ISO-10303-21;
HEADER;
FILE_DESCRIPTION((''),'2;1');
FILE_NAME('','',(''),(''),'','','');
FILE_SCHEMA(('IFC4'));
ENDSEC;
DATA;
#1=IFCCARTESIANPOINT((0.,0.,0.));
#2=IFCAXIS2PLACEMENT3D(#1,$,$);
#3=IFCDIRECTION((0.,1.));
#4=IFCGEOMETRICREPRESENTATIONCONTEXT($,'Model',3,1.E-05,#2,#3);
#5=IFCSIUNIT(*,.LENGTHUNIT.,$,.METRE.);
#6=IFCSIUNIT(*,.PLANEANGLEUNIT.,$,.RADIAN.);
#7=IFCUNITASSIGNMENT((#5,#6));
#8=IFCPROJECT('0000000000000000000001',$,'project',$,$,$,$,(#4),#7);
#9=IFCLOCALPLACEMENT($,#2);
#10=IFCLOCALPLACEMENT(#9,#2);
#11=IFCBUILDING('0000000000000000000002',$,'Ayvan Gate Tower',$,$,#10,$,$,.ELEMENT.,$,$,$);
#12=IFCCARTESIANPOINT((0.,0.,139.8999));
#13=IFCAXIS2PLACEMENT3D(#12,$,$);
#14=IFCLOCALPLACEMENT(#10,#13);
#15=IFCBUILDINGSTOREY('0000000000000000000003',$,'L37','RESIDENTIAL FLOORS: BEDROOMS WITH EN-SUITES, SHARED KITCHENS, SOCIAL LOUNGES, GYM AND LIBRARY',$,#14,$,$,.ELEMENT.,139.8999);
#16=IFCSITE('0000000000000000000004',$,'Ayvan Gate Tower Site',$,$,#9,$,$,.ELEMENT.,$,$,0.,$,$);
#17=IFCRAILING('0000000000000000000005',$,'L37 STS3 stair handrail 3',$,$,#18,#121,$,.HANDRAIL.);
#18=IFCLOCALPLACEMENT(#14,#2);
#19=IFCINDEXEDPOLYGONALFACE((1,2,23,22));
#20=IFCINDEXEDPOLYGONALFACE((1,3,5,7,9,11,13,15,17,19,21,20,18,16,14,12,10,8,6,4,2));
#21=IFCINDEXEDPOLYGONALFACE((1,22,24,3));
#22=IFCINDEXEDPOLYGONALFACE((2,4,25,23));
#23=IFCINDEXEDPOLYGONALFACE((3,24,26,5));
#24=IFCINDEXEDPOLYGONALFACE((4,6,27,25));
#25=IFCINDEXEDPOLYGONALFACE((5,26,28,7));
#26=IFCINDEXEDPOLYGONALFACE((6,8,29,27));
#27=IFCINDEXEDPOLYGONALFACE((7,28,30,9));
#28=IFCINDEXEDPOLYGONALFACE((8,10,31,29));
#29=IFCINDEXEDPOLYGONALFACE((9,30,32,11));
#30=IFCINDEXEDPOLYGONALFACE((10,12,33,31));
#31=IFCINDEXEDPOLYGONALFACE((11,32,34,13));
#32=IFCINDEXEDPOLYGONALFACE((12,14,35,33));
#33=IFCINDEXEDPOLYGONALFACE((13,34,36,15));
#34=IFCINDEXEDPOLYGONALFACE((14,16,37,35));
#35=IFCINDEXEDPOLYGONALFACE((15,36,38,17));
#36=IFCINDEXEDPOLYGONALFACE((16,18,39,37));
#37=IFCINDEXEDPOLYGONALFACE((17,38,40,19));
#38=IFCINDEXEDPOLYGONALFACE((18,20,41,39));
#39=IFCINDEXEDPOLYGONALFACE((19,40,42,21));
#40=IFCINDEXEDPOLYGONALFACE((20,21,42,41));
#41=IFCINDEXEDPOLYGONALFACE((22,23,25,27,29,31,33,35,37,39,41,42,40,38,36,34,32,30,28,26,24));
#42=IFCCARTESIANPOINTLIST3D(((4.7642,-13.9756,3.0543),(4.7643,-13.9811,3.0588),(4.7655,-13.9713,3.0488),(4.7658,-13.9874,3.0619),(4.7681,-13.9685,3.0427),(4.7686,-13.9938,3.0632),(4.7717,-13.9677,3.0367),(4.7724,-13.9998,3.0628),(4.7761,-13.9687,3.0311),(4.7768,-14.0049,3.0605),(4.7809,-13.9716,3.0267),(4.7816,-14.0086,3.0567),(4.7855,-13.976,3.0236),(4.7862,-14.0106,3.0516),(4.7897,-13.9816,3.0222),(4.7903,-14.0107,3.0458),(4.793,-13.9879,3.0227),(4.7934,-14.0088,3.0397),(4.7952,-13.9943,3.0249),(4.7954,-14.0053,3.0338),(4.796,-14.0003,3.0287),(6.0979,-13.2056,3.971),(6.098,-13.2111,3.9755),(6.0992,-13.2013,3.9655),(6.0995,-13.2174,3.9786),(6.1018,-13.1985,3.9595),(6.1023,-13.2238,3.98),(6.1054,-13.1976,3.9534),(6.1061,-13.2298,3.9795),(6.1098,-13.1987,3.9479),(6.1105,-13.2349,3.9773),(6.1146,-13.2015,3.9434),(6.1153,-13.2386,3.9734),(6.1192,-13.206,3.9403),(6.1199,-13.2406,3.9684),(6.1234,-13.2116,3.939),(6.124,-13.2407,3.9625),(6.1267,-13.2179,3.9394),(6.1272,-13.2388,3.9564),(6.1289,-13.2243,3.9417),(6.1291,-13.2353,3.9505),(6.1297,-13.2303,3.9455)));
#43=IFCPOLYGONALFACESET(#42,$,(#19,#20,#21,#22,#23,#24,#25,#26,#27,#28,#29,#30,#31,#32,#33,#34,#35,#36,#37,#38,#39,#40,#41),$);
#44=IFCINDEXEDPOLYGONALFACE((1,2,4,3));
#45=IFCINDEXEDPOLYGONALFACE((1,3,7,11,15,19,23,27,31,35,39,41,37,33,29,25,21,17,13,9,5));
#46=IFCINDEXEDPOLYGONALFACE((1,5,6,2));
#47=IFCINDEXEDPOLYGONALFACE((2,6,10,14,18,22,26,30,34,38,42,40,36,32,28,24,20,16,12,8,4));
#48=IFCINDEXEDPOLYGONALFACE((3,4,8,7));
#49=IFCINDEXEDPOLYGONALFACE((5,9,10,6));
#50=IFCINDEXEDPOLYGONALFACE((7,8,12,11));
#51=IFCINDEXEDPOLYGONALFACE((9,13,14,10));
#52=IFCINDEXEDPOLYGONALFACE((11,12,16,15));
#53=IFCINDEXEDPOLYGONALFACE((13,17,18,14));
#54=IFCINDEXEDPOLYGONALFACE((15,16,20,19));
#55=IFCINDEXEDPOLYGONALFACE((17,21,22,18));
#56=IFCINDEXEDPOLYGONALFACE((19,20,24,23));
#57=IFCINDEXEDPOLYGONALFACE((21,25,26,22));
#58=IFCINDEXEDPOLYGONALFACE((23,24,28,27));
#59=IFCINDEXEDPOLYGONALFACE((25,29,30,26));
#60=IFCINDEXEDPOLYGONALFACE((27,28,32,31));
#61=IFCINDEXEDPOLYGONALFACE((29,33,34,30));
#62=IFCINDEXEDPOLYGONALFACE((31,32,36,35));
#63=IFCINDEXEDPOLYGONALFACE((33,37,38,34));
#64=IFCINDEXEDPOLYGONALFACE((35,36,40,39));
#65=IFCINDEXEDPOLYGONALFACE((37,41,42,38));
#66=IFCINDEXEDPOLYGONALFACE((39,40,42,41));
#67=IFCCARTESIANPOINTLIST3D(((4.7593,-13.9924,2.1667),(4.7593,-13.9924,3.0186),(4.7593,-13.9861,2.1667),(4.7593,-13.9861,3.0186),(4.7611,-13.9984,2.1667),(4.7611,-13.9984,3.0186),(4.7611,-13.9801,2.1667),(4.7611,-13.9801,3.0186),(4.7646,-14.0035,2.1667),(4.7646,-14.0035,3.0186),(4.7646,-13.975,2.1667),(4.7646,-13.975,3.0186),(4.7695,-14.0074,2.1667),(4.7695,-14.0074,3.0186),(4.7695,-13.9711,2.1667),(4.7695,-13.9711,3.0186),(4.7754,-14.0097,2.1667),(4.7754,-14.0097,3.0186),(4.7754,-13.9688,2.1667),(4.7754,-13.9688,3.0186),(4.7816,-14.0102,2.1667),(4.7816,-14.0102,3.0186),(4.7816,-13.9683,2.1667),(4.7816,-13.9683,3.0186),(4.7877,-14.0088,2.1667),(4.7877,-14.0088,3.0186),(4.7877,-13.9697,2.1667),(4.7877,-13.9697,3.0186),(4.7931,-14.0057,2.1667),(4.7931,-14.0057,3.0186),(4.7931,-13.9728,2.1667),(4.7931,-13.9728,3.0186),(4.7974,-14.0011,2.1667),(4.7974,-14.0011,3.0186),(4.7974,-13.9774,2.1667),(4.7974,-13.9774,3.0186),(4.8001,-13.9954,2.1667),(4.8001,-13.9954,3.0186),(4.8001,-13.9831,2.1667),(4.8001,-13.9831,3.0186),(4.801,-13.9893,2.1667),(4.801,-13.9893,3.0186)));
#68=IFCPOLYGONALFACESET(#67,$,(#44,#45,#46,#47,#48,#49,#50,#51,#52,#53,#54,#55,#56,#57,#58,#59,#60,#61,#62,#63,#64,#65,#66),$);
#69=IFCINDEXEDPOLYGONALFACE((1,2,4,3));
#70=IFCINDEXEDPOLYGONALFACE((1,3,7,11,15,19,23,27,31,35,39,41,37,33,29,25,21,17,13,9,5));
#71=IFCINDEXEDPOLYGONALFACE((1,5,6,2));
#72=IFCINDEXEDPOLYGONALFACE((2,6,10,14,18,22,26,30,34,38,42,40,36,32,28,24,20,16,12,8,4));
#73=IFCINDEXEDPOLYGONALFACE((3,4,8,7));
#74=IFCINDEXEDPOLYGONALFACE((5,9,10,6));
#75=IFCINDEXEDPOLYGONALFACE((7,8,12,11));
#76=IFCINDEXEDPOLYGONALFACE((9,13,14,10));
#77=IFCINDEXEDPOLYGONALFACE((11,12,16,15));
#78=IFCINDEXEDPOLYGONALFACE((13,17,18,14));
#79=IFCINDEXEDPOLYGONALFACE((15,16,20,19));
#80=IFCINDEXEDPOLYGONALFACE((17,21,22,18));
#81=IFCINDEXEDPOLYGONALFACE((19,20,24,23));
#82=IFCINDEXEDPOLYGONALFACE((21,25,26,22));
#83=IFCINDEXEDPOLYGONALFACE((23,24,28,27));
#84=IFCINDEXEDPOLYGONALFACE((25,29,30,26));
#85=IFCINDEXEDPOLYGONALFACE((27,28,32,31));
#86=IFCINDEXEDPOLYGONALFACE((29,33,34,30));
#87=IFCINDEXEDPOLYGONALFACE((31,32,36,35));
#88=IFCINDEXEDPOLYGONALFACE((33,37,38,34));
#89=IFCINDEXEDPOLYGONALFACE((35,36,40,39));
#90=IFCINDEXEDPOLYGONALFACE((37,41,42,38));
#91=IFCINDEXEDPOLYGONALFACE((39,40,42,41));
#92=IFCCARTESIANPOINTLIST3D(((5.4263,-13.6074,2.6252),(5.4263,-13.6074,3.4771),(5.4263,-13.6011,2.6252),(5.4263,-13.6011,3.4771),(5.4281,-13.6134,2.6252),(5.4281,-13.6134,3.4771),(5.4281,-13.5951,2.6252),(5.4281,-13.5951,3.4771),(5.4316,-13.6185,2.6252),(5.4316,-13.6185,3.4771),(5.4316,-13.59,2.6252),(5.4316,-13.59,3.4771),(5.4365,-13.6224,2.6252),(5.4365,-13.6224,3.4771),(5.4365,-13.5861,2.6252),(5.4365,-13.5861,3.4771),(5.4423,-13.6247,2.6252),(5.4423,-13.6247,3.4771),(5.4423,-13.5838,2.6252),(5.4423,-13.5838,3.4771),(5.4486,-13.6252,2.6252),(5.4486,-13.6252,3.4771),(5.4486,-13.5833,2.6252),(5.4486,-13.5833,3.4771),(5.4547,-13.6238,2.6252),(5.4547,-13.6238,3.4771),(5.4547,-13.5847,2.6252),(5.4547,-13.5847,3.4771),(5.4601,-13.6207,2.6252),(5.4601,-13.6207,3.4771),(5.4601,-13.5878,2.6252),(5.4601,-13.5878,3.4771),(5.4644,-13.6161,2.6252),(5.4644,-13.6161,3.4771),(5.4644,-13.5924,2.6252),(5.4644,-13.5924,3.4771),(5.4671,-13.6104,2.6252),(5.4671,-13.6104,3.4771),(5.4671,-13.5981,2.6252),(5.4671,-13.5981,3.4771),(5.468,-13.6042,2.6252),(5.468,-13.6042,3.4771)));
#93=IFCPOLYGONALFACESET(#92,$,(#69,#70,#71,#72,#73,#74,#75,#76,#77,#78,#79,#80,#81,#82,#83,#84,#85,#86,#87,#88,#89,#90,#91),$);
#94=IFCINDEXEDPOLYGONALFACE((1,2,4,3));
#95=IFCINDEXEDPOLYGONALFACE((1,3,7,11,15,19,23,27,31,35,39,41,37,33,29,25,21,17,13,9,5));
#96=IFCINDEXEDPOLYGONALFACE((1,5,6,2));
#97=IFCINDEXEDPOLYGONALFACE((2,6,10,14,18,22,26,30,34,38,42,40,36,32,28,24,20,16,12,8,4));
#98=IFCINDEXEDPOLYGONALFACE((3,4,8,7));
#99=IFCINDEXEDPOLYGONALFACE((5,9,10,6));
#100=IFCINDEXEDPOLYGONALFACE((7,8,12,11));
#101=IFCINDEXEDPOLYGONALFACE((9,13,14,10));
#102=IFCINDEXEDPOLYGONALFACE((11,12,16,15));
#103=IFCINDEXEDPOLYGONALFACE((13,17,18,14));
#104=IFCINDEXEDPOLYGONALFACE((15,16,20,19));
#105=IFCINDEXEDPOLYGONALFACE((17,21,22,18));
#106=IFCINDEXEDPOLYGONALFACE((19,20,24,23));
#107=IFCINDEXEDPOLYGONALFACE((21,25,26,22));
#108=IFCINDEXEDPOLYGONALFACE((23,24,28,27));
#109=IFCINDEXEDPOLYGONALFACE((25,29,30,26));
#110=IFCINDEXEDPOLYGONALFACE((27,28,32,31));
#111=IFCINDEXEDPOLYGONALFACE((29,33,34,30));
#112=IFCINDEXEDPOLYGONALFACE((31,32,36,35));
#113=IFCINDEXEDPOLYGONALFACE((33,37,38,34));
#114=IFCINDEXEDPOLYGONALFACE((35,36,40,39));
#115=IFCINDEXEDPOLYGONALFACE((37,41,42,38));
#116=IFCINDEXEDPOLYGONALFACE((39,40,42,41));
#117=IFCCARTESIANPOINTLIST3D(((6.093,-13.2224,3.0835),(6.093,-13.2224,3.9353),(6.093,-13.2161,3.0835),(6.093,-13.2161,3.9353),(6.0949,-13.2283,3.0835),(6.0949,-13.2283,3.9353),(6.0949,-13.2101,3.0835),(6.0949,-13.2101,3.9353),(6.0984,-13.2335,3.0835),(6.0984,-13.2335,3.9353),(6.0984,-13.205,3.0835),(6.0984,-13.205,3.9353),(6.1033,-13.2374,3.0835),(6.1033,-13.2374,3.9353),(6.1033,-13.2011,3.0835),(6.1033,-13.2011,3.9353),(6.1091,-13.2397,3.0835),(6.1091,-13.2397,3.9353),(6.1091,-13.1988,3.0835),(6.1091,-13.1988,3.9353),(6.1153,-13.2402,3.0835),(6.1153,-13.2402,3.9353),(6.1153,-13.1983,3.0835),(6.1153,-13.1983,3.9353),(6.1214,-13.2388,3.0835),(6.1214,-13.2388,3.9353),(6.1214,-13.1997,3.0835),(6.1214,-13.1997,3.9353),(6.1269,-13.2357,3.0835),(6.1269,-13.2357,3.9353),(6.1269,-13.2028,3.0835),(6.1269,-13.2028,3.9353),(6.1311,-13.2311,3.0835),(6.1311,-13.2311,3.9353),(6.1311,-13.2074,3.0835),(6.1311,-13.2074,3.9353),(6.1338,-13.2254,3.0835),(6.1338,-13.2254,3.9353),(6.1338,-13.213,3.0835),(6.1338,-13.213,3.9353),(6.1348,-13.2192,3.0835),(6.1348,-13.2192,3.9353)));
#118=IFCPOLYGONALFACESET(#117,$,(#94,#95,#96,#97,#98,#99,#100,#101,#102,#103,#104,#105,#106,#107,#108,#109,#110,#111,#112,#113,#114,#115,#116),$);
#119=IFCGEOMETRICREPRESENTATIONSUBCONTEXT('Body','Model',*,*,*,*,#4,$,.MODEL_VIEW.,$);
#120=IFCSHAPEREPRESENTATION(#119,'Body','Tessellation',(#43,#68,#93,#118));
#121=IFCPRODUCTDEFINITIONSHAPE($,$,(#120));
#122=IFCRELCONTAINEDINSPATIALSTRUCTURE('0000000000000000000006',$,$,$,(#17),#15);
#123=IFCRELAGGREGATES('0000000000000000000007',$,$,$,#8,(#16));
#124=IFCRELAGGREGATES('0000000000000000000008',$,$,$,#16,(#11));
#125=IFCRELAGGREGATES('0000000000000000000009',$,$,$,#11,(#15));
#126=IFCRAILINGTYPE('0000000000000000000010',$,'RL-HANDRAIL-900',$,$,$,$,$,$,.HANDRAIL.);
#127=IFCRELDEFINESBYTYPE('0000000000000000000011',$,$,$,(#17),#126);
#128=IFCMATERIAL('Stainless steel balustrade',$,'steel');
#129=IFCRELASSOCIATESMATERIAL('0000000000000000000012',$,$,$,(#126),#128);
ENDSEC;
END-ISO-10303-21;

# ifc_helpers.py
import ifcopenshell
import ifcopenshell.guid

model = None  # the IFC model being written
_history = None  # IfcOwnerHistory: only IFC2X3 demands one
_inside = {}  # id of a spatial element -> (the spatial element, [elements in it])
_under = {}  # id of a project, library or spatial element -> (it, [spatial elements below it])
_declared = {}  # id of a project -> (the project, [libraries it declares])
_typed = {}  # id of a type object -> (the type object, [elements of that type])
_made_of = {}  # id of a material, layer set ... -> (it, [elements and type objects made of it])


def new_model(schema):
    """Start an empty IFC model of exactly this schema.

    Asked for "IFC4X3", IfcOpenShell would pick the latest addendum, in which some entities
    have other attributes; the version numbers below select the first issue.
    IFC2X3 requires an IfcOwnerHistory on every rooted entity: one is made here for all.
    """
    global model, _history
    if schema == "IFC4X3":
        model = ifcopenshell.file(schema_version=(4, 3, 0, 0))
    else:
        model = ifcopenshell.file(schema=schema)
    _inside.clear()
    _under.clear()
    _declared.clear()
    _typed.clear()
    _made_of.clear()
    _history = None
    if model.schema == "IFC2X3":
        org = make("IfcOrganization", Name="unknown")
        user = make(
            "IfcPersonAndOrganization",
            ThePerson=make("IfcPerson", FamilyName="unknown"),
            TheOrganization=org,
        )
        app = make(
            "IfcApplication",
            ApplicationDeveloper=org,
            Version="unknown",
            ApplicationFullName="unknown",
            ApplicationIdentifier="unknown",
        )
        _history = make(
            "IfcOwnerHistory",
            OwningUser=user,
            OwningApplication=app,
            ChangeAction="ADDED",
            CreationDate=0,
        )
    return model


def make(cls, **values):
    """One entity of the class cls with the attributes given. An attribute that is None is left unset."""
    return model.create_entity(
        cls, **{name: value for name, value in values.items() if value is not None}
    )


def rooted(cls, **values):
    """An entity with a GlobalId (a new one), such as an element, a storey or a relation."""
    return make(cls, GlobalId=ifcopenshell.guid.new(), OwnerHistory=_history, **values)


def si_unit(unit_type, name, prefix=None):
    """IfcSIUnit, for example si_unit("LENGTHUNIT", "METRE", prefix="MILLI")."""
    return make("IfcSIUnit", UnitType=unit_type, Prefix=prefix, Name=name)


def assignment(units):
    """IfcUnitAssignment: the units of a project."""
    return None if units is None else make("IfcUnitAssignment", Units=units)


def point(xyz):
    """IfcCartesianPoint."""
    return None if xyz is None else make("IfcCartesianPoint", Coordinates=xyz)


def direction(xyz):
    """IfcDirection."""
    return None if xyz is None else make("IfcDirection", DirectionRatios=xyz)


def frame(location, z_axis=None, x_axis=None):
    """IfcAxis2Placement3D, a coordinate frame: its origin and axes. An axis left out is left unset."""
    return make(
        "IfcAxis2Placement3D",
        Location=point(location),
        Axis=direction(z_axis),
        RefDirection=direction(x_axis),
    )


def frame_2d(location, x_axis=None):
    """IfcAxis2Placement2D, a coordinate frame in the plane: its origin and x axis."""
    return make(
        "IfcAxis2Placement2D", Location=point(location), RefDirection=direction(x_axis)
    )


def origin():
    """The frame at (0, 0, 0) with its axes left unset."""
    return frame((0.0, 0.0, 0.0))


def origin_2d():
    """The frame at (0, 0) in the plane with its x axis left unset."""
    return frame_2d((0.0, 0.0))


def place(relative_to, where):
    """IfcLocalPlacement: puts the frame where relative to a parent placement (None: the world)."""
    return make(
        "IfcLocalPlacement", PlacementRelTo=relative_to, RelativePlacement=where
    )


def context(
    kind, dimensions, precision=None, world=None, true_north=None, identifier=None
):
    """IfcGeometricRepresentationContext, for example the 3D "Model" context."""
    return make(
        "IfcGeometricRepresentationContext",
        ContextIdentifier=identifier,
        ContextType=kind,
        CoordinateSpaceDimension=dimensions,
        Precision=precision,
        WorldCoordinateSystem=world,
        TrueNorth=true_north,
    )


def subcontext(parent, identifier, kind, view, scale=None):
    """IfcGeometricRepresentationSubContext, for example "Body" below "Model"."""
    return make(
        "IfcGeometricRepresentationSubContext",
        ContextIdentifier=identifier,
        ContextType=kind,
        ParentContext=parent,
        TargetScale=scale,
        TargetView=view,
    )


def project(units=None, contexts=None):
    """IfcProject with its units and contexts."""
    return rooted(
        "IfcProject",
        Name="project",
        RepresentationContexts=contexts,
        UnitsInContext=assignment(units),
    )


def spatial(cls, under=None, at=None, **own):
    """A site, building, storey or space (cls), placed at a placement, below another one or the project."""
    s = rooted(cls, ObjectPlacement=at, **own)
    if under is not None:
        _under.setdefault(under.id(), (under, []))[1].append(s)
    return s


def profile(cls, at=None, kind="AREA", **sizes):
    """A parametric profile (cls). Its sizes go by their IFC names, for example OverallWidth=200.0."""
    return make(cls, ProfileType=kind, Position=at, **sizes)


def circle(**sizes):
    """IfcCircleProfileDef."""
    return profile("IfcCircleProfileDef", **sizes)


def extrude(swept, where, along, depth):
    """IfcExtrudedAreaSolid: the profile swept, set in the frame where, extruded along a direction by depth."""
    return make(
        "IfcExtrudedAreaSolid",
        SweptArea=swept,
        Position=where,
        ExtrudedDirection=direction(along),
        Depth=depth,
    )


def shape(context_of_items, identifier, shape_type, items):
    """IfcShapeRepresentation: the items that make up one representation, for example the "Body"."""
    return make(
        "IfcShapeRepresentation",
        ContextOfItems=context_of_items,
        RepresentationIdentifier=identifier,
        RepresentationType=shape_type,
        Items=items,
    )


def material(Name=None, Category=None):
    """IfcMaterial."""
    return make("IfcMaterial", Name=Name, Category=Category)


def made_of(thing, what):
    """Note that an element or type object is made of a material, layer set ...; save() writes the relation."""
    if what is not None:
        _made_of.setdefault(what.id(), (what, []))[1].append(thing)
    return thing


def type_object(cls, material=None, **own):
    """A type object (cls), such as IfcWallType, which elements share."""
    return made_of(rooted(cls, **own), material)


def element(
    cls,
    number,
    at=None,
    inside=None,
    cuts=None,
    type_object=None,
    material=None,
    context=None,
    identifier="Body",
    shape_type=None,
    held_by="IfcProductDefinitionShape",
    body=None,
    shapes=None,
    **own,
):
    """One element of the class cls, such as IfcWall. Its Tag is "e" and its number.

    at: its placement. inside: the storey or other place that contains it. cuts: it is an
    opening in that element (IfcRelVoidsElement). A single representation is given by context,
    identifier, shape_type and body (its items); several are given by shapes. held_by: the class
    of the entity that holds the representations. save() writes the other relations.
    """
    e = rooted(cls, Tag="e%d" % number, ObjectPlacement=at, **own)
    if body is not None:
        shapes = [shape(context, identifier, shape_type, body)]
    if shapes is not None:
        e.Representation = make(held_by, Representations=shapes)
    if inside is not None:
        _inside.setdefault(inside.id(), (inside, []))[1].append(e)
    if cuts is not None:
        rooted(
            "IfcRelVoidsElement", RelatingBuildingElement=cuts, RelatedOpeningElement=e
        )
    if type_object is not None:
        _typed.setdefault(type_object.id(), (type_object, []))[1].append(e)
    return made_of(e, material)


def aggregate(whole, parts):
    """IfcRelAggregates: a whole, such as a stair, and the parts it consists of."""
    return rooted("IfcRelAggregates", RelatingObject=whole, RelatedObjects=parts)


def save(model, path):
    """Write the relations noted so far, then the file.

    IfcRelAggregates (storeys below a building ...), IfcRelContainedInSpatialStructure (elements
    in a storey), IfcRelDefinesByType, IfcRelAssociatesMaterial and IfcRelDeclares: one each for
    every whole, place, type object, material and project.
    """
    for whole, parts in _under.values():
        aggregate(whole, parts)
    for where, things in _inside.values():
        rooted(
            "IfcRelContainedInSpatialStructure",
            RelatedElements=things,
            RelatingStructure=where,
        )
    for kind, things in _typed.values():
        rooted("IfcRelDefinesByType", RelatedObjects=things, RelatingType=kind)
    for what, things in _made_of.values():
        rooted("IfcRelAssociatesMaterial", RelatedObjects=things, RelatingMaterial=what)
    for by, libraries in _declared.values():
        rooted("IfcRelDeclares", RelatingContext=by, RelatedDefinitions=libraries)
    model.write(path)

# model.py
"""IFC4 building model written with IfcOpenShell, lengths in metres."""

from ifc_helpers import new_model, si_unit, direction, frame, origin, origin_2d, place, context, subcontext, project, spatial, circle, extrude, material, type_object, element, save


model = new_model("IFC4")

# Units and contexts
model_context = context("Model", 3, precision=1e-05, world=origin(), true_north=direction((0.0, 1.0)))
body_context = subcontext(model_context, "Body", "Model", "MODEL_VIEW")
ifc_project = project(units=[si_unit("LENGTHUNIT", "METRE"), si_unit("PLANEANGLEUNIT", "RADIAN")], contexts=[model_context])

# Site, building, storey
site_placement = place(None, origin())
site = spatial("IfcSite", under=ifc_project, at=site_placement, Name="Ayvan Gate Tower Site", CompositionType="ELEMENT", RefElevation=0.0)
building_placement = place(site_placement, origin())
building = spatial("IfcBuilding", under=site, at=building_placement, Name="Ayvan Gate Tower", CompositionType="ELEMENT")
storey_placement = place(building_placement, frame((0.0, 0.0, 139.8999)))
storey = spatial("IfcBuildingStorey", under=building, at=storey_placement, Name="L37", Description="RESIDENTIAL FLOORS: BEDROOMS WITH EN-SUITES, SHARED KITCHENS, SOCIAL LOUNGES, GYM AND LIBRARY", CompositionType="ELEMENT", Elevation=139.8999)

# Railing
ifc_material_1 = material(Name="Stainless steel balustrade", Category="steel")
railing_type_1 = type_object("IfcRailingType", Name="RL-HANDRAIL-900", PredefinedType="HANDRAIL", material=ifc_material_1)
railing_1_placement = place(storey_placement, frame((4.78, -13.9893, 2.1667)))
element("IfcRailing", 1, at=railing_1_placement, inside=storey, type_object=railing_type_1, Name="L37 STS3 stair handrail 3", PredefinedType="HANDRAIL", context=body_context, shape_type="SweptSolid", body=[
    extrude(circle(Radius=0.0239, at=origin_2d()), frame((0.0, 0.0, 0.876), z_axis=(0.744164, 0.429634, 0.511502), x_axis=(-0.499992, 0.86603, 0.0)), (0.0, 0.0, 1.0), 1.7922),
    extrude(circle(Radius=0.021, at=origin_2d()), origin(), (0.0, 0.0, 1.0), 0.8518),
    extrude(circle(Radius=0.021, at=origin_2d()), frame((0.667, 0.385, 0.4585)), (0.0, 0.0, 1.0), 0.8518),
    extrude(circle(Radius=0.021, at=origin_2d()), frame((1.3337, 0.77, 0.9167)), (0.0, 0.0, 1.0), 0.8518),
])

save(model, "model.ifc")
